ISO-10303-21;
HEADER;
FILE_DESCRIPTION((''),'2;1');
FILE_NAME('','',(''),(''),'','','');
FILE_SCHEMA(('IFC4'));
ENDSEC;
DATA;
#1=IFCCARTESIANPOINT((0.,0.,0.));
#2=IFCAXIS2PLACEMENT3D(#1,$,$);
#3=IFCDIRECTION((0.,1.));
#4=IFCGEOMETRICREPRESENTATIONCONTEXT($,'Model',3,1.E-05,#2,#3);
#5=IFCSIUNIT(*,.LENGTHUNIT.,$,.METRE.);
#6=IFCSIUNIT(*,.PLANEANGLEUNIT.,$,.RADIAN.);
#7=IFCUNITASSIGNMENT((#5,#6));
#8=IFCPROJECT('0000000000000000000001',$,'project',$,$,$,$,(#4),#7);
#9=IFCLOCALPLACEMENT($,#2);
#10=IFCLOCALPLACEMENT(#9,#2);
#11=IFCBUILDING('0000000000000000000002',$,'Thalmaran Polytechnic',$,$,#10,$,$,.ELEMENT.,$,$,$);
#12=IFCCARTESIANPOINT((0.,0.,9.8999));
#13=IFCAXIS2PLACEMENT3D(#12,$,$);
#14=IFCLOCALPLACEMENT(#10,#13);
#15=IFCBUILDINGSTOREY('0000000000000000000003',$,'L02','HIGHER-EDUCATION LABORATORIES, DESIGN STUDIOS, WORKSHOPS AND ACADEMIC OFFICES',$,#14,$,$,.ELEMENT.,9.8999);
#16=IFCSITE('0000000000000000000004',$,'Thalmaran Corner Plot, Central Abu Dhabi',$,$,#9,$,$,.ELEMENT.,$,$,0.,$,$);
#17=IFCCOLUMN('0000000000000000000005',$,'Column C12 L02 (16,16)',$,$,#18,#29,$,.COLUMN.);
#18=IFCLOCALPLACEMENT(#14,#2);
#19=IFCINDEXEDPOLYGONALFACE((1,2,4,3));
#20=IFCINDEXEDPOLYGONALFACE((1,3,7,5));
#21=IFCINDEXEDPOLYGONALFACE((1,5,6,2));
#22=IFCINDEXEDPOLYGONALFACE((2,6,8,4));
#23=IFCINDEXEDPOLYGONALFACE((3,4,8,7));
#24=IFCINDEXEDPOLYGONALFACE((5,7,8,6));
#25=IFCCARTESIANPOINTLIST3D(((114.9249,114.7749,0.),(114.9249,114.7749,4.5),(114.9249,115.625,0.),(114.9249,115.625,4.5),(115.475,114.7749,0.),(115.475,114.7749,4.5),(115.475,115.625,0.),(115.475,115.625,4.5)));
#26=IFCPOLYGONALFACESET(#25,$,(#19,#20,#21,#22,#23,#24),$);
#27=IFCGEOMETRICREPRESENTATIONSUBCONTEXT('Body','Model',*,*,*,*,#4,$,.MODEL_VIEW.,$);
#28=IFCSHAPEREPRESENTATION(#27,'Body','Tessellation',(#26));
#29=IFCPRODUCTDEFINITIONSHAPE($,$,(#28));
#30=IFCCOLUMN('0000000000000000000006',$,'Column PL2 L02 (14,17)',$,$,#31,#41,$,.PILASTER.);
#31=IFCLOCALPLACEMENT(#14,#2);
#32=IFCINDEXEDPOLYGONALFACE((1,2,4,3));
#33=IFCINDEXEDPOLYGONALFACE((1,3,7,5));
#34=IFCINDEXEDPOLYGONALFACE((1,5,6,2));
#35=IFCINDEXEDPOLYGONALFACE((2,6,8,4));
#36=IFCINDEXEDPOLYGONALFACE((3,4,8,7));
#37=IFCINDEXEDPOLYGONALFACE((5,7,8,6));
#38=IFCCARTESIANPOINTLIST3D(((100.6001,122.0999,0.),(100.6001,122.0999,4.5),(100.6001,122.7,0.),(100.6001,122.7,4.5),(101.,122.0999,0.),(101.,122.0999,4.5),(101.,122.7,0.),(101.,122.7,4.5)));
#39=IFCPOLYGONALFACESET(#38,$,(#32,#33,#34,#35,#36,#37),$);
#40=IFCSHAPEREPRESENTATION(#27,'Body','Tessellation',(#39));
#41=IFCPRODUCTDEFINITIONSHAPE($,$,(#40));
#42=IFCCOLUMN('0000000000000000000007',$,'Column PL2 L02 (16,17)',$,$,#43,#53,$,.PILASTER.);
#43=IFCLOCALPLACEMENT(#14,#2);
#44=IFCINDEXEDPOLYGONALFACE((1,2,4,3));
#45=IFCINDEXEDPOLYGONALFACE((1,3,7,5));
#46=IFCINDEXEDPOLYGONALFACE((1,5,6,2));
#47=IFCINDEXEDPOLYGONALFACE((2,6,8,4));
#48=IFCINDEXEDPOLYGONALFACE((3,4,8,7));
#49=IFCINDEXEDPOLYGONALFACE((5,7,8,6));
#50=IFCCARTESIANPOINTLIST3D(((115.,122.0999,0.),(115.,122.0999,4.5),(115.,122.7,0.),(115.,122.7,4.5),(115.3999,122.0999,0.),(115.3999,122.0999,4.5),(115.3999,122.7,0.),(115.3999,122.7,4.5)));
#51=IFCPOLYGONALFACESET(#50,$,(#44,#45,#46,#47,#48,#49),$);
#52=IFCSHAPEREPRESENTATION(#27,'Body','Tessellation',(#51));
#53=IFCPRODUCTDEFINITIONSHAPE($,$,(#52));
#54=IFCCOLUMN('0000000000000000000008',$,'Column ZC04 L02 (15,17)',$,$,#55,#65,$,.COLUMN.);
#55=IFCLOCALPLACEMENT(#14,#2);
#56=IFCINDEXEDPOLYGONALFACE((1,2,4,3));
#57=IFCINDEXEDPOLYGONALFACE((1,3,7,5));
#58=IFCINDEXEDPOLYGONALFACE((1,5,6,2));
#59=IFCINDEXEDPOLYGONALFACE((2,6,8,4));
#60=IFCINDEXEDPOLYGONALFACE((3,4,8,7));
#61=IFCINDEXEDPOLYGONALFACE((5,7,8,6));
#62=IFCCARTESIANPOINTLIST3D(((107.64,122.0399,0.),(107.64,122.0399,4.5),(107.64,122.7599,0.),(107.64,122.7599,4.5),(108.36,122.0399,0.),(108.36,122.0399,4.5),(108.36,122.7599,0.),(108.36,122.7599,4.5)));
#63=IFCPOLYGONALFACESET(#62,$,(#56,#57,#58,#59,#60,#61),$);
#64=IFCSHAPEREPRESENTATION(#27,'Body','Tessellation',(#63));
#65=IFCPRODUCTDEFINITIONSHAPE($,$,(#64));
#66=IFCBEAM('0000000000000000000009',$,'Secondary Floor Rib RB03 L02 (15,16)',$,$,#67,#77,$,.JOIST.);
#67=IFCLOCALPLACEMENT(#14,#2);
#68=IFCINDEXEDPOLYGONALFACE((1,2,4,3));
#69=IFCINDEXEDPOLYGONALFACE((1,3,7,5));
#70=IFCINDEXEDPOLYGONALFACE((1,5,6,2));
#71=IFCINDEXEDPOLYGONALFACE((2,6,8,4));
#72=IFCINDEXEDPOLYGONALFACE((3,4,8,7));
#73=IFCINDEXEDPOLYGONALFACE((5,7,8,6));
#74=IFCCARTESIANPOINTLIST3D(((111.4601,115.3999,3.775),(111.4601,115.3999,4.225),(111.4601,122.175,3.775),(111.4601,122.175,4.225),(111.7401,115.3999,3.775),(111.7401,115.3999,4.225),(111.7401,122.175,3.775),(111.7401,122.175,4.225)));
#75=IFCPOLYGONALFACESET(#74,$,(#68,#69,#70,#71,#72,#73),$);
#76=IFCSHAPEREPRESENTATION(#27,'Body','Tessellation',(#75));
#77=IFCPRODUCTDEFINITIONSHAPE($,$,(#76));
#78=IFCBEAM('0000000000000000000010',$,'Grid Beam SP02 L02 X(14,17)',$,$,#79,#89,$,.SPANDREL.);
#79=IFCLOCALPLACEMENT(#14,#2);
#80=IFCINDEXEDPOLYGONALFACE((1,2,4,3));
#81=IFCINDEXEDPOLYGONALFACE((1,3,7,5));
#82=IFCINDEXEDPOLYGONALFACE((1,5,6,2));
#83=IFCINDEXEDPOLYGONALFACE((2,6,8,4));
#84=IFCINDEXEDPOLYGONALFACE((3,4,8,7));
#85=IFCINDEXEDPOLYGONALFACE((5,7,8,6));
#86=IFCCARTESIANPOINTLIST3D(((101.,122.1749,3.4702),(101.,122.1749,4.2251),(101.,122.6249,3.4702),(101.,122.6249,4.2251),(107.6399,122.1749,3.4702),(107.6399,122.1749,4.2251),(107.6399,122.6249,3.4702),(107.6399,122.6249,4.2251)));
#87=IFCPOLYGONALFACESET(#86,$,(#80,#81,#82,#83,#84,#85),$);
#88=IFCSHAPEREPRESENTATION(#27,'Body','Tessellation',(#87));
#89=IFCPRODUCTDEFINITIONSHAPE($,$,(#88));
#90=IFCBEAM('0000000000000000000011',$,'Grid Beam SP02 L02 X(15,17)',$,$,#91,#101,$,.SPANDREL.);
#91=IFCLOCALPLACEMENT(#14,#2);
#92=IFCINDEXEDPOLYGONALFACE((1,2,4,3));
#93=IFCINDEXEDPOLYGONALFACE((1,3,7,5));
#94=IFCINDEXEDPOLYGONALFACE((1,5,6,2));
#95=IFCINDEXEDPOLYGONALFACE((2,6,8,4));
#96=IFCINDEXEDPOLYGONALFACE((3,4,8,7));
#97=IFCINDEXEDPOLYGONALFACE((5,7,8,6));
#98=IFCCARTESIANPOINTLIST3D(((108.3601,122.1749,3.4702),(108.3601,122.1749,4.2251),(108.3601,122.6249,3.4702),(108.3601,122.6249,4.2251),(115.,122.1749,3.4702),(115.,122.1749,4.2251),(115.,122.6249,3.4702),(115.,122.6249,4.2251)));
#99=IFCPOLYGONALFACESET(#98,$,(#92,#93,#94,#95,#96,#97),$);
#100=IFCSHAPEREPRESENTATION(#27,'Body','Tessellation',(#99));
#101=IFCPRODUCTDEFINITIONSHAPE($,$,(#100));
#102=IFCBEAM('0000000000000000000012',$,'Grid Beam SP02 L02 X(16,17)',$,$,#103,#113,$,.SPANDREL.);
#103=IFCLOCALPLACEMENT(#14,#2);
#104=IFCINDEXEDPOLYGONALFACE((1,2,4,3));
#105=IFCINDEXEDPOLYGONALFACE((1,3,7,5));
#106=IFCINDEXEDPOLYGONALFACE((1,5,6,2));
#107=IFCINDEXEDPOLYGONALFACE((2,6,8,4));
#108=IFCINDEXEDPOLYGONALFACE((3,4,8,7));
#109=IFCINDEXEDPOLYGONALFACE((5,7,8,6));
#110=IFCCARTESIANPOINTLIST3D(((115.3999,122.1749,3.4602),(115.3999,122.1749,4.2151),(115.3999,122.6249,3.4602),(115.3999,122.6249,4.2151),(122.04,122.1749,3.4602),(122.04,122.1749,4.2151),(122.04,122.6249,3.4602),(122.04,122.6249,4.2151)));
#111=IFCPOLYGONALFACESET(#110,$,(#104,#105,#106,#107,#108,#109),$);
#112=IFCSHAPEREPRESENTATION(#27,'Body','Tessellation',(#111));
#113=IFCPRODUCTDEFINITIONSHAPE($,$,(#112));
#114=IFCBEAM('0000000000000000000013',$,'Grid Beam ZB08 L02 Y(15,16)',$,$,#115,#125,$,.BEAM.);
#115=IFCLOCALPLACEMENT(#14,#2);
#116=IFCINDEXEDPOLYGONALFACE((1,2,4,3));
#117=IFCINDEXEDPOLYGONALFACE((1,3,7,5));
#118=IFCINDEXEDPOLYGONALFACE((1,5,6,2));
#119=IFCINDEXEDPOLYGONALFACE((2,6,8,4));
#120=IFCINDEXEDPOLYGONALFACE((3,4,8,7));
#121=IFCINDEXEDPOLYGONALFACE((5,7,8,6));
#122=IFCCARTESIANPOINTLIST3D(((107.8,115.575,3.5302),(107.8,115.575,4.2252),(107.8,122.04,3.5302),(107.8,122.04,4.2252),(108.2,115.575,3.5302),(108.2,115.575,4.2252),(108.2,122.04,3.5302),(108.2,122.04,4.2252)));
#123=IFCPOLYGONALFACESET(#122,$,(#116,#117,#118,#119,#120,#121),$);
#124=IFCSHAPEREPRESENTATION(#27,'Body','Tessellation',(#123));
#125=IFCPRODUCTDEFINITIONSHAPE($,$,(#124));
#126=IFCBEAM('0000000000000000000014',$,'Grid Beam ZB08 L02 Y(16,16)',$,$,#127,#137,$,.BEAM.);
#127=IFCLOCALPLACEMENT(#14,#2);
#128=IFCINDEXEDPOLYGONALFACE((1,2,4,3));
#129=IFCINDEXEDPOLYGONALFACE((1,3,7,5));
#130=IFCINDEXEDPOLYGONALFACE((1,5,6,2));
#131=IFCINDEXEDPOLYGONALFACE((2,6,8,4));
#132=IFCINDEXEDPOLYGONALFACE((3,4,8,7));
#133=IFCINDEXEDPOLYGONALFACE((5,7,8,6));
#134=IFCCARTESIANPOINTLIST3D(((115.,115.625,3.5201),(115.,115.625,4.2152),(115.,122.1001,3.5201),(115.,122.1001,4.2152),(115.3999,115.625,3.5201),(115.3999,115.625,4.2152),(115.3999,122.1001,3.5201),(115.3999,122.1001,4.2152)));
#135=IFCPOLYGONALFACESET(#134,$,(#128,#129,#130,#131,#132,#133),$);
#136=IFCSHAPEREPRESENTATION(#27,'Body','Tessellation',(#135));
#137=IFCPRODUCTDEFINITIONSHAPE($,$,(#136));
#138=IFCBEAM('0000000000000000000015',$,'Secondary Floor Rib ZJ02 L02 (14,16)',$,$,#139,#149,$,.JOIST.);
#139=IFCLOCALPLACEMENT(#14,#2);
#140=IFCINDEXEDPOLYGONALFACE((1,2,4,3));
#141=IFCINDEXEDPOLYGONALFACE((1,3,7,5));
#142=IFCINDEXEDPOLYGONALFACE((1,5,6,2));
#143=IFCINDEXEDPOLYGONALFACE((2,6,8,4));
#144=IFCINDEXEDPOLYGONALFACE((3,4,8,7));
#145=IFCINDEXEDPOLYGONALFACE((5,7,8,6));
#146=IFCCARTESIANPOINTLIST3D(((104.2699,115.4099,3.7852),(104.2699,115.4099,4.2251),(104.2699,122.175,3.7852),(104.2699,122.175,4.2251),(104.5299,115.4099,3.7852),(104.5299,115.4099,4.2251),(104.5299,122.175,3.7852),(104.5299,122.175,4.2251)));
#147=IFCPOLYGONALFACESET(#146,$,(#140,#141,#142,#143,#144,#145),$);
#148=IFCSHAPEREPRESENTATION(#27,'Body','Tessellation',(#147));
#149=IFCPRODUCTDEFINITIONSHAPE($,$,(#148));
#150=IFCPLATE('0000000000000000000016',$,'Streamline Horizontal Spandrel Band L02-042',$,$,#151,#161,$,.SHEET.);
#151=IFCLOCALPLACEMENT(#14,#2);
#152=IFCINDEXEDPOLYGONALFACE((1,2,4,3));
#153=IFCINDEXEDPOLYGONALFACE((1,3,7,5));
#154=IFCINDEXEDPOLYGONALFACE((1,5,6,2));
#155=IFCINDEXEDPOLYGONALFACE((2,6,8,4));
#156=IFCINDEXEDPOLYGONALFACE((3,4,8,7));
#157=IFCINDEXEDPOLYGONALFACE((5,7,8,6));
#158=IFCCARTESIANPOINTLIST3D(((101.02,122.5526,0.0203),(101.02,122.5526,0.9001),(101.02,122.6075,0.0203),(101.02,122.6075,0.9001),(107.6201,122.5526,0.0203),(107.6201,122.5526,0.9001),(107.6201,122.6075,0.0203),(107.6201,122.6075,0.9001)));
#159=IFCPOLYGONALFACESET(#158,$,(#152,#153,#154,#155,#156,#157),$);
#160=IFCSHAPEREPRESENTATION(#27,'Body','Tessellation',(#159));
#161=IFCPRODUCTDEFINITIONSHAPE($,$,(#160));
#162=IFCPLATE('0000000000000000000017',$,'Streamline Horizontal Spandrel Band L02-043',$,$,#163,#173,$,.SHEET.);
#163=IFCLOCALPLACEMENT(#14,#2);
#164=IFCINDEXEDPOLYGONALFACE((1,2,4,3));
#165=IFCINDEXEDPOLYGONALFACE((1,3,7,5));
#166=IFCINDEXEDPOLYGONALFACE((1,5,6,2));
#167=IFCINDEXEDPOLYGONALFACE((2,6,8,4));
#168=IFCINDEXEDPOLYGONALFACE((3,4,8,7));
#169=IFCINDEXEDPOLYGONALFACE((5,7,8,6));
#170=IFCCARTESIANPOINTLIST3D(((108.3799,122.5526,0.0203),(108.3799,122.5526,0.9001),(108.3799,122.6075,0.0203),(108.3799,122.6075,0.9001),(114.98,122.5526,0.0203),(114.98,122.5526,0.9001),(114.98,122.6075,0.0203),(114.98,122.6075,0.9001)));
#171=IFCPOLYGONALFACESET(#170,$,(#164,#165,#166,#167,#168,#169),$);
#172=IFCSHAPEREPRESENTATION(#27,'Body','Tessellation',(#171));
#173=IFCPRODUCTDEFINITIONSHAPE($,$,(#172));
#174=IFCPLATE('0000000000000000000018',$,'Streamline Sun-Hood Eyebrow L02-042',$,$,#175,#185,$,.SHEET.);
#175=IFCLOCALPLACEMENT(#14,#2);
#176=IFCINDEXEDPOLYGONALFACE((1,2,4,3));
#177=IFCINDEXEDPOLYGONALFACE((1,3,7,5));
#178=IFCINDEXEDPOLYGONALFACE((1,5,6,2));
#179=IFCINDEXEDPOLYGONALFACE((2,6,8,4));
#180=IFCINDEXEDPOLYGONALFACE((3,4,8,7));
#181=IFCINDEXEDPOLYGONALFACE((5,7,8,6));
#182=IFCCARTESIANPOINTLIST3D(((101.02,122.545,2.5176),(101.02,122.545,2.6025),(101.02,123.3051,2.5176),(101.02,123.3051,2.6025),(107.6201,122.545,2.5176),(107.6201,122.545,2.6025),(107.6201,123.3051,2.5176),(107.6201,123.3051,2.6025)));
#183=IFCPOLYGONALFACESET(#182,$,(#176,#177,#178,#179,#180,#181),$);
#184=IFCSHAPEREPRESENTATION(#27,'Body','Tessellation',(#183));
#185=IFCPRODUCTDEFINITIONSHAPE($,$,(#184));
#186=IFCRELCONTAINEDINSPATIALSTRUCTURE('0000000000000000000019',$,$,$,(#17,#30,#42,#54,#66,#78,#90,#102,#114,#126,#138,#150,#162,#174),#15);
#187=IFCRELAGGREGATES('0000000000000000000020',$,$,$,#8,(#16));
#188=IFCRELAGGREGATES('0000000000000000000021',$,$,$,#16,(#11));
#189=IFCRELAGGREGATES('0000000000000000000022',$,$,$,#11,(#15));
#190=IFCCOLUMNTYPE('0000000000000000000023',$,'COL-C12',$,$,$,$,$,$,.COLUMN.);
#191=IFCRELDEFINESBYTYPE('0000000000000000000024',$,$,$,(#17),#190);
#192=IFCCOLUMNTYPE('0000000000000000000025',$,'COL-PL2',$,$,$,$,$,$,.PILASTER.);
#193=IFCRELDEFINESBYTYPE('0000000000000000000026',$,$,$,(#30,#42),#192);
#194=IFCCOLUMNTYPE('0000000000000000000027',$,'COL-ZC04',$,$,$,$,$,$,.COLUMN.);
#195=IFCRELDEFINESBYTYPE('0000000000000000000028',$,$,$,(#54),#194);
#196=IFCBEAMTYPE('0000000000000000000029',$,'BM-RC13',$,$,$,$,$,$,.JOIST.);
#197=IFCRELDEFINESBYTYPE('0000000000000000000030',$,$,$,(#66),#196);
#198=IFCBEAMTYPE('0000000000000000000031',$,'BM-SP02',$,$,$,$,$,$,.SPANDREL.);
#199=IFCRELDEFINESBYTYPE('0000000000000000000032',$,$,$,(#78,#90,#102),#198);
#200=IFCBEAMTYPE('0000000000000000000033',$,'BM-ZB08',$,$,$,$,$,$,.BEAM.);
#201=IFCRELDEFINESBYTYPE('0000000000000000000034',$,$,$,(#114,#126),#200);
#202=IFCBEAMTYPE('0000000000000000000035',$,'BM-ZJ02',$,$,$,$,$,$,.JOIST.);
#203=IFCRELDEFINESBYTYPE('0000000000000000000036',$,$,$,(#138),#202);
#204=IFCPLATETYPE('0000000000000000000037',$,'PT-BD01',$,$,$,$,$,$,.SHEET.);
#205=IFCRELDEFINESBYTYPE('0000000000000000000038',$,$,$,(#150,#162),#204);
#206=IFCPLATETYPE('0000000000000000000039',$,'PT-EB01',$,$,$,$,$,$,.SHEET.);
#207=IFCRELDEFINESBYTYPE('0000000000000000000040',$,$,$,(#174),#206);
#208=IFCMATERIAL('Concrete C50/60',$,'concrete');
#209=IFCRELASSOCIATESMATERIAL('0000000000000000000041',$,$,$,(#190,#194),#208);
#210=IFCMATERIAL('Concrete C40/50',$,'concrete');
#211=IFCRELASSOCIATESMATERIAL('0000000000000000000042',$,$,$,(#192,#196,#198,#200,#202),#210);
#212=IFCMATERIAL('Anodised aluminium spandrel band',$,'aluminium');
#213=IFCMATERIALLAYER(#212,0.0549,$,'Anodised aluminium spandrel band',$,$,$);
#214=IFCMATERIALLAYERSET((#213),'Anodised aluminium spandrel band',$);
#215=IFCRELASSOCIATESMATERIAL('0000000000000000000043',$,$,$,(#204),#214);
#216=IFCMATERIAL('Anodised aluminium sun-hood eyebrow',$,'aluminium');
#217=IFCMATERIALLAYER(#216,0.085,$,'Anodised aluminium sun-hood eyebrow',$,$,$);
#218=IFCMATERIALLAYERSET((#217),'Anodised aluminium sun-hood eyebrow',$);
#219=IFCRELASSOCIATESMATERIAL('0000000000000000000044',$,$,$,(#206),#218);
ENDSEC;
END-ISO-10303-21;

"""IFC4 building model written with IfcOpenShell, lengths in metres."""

from ifc_helpers import new_model, si_unit, direction, frame, origin, origin_2d, place, context, subcontext, project, spatial, rectangle, extrude, material, layer, layer_set, material_profile, profile_set, type_object, element, save


model = new_model("IFC4")

# Units and contexts
model_context = context("Model", 3, precision=1e-05, world=origin(), true_north=direction((0.0, 1.0)))
body_context = subcontext(model_context, "Body", "Model", "MODEL_VIEW")
ifc_project = project(units=[si_unit("LENGTHUNIT", "METRE"), si_unit("PLANEANGLEUNIT", "RADIAN")], contexts=[model_context])

# Site, building, storey
site_placement = place(None, origin())
site = spatial("IfcSite", under=ifc_project, at=site_placement, Name="Thalmaran Corner Plot, Central Abu Dhabi", CompositionType="ELEMENT", RefElevation=0.0)
building_placement = place(site_placement, origin())
building = spatial("IfcBuilding", under=site, at=building_placement, Name="Thalmaran Polytechnic", CompositionType="ELEMENT")
storey_placement = place(building_placement, frame((0.0, 0.0, 9.8999)))
storey = spatial("IfcBuildingStorey", under=building, at=storey_placement, Name="L02", Description="HIGHER-EDUCATION LABORATORIES, DESIGN STUDIOS, WORKSHOPS AND ACADEMIC OFFICES", CompositionType="ELEMENT", Elevation=9.8999)

# Columns
ifc_material_1 = material(Name="Concrete C50/60", Category="concrete")
ifc_material_profile_1 = material_profile(ifc_material_1, rectangle(XDim=0.55, YDim=0.8501, at=origin_2d()), Name="RC 550x850")
ifc_profile_set_1 = profile_set([ifc_material_profile_1], Name="Concrete C50/60")
column_type_1 = type_object("IfcColumnType", Name="COL-C12", PredefinedType="COLUMN", material=ifc_profile_set_1)
column_1_placement = place(storey_placement, frame((115.2, 115.2, 0.0), z_axis=(0.0, 0.0, 1.0), x_axis=(1.0, 0.0, 0.0)))
element("IfcColumn", 1, at=column_1_placement, inside=storey, type_object=column_type_1, Name="Column C12 L02 (16,16)", PredefinedType="COLUMN", context=body_context, shape_type="SweptSolid", body=[
    extrude(rectangle(XDim=0.55, YDim=0.8501, at=origin_2d()), origin(), (0.0, 0.0, 1.0), 4.5),
])
ifc_material_2 = material(Name="Concrete C40/50", Category="concrete")
ifc_material_profile_2 = material_profile(ifc_material_2, rectangle(XDim=0.3999, YDim=0.6001, at=origin_2d()), Name="RC 400x600")
ifc_profile_set_2 = profile_set([ifc_material_profile_2], Name="Concrete C40/50")
column_type_2 = type_object("IfcColumnType", Name="COL-PL2", PredefinedType="PILASTER", material=ifc_profile_set_2)
for number, where, z_axis, x_axis, name in (
    (2, (100.8, 122.3999, 0.0), (0.0, 0.0, 1.0), (1.0, 0.0, 0.0), "Column PL2 L02 (14,17)"),
    (3, (115.2, 122.3999, 0.0), (0.0, 0.0, 1.0), (1.0, 0.0, 0.0), "Column PL2 L02 (16,17)"),
):
    element("IfcColumn", number, at=place(storey_placement, frame(where, z_axis=z_axis, x_axis=x_axis)), inside=storey, type_object=column_type_2, Name=name, PredefinedType="PILASTER", context=body_context, shape_type="SweptSolid", body=[
        extrude(rectangle(XDim=0.3999, YDim=0.6001, at=origin_2d()), origin(), (0.0, 0.0, 1.0), 4.5),
    ])
ifc_material_profile_3 = material_profile(ifc_material_1, rectangle(XDim=0.72, YDim=0.72, at=origin_2d()), Name="RC 720x720")
ifc_profile_set_3 = profile_set([ifc_material_profile_3], Name="Concrete C50/60")
column_type_3 = type_object("IfcColumnType", Name="COL-ZC04", PredefinedType="COLUMN", material=ifc_profile_set_3)
column_2_placement = place(storey_placement, frame((108.0, 122.3999, 0.0), z_axis=(0.0, 0.0, 1.0), x_axis=(1.0, 0.0, 0.0)))
element("IfcColumn", 4, at=column_2_placement, inside=storey, type_object=column_type_3, Name="Column ZC04 L02 (15,17)", PredefinedType="COLUMN", context=body_context, shape_type="SweptSolid", body=[
    extrude(rectangle(XDim=0.72, YDim=0.72, at=origin_2d()), origin(), (0.0, 0.0, 1.0), 4.5),
])

# Beams
ifc_material_profile_4 = material_profile(ifc_material_2, rectangle(XDim=0.28, YDim=0.45, at=origin_2d()), Name="RC 280x450")
ifc_profile_set_4 = profile_set([ifc_material_profile_4], Name="Concrete C40/50")
beam_type_1 = type_object("IfcBeamType", Name="BM-RC13", PredefinedType="JOIST", material=ifc_profile_set_4)
beam_1_placement = place(storey_placement, frame((111.6001, 115.3999, 4.0), z_axis=(0.0, 1.0, 0.0), x_axis=(-1.0, 0.0, 0.0)))
element("IfcBeam", 5, at=beam_1_placement, inside=storey, type_object=beam_type_1, Name="Secondary Floor Rib RB03 L02 (15,16)", PredefinedType="JOIST", context=body_context, shape_type="SweptSolid", body=[
    extrude(rectangle(XDim=0.28, YDim=0.45, at=origin_2d()), origin(), (0.0, 0.0, 1.0), 6.7751),
])
ifc_material_profile_5 = material_profile(ifc_material_2, rectangle(XDim=0.45, YDim=0.7549, at=origin_2d()), Name="RC 450x755")
ifc_profile_set_5 = profile_set([ifc_material_profile_5], Name="Concrete C40/50")
beam_type_2 = type_object("IfcBeamType", Name="BM-SP02", PredefinedType="SPANDREL", material=ifc_profile_set_5)
for number, where, z_axis, x_axis, name in (
    (6, (101.0, 122.3999, 3.8477), (1.0, 0.0, 0.0), (0.0, 1.0, 0.0), "Grid Beam SP02 L02 X(14,17)"),
    (7, (108.3601, 122.3999, 3.8477), (1.0, 0.0, 0.0), (0.0, 1.0, 0.0), "Grid Beam SP02 L02 X(15,17)"),
):
    element("IfcBeam", number, at=place(storey_placement, frame(where, z_axis=z_axis, x_axis=x_axis)), inside=storey, type_object=beam_type_2, Name=name, PredefinedType="SPANDREL", context=body_context, shape_type="SweptSolid", body=[
        extrude(rectangle(XDim=0.45, YDim=0.7549, at=origin_2d()), origin(), (0.0, 0.0, 1.0), 6.6399),
    ])
beam_2_placement = place(storey_placement, frame((115.3999, 122.3999, 3.8376), z_axis=(1.0, 0.0, 0.0), x_axis=(0.0, 1.0, 0.0)))
element("IfcBeam", 8, at=beam_2_placement, inside=storey, type_object=beam_type_2, Name="Grid Beam SP02 L02 X(16,17)", PredefinedType="SPANDREL", context=body_context, shape_type="SweptSolid", body=[
    extrude(rectangle(XDim=0.45, YDim=0.7549, at=origin_2d()), origin(), (0.0, 0.0, 1.0), 6.6401),
])
ifc_material_profile_6 = material_profile(ifc_material_2, rectangle(XDim=0.3999, YDim=0.6951, at=origin_2d()), Name="RC 400x695")
ifc_profile_set_6 = profile_set([ifc_material_profile_6], Name="Concrete C40/50")
beam_type_3 = type_object("IfcBeamType", Name="BM-ZB08", PredefinedType="BEAM", material=ifc_profile_set_6)
beam_3_placement = place(storey_placement, frame((108.0, 115.575, 3.8777), z_axis=(0.0, 1.0, 0.0), x_axis=(-1.0, 0.0, 0.0)))
element("IfcBeam", 9, at=beam_3_placement, inside=storey, type_object=beam_type_3, Name="Grid Beam ZB08 L02 Y(15,16)", PredefinedType="BEAM", context=body_context, shape_type="SweptSolid", body=[
    extrude(rectangle(XDim=0.3999, YDim=0.6951, at=origin_2d()), origin(), (0.0, 0.0, 1.0), 6.4651),
])
beam_4_placement = place(storey_placement, frame((115.2, 115.625, 3.8677), z_axis=(0.0, 1.0, 0.0), x_axis=(-1.0, 0.0, 0.0)))
element("IfcBeam", 10, at=beam_4_placement, inside=storey, type_object=beam_type_3, Name="Grid Beam ZB08 L02 Y(16,16)", PredefinedType="BEAM", context=body_context, shape_type="SweptSolid", body=[
    extrude(rectangle(XDim=0.3999, YDim=0.6951, at=origin_2d()), origin(), (0.0, 0.0, 1.0), 6.4751),
])
ifc_material_profile_7 = material_profile(ifc_material_2, rectangle(XDim=0.26, YDim=0.4399, at=origin_2d()), Name="RC 260x440")
ifc_profile_set_7 = profile_set([ifc_material_profile_7], Name="Concrete C40/50")
beam_type_4 = type_object("IfcBeamType", Name="BM-ZJ02", PredefinedType="JOIST", material=ifc_profile_set_7)
beam_5_placement = place(storey_placement, frame((104.3999, 115.4099, 4.0051), z_axis=(0.0, 1.0, 0.0), x_axis=(-1.0, 0.0, 0.0)))
element("IfcBeam", 11, at=beam_5_placement, inside=storey, type_object=beam_type_4, Name="Secondary Floor Rib ZJ02 L02 (14,16)", PredefinedType="JOIST", context=body_context, shape_type="SweptSolid", body=[
    extrude(rectangle(XDim=0.26, YDim=0.4399, at=origin_2d()), origin(), (0.0, 0.0, 1.0), 6.7651),
])

# Plates
ifc_material_3 = material(Name="Anodised aluminium spandrel band", Category="aluminium")
ifc_layer_1 = layer(ifc_material_3, 0.0549, Name="Anodised aluminium spandrel band")
ifc_layer_set_1 = layer_set([ifc_layer_1], Name="Anodised aluminium spandrel band")
plate_type_1 = type_object("IfcPlateType", Name="PT-BD01", PredefinedType="SHEET", material=ifc_layer_set_1)
for number, where, z_axis, x_axis, name in (
    (12, (104.3201, 122.5801, 0.0203), (0.0, 0.0, 1.0), (1.0, 0.0, 0.0), "Streamline Horizontal Spandrel Band L02-042"),
    (13, (111.6799, 122.5801, 0.0203), (0.0, 0.0, 1.0), (1.0, 0.0, 0.0), "Streamline Horizontal Spandrel Band L02-043"),
):
    element("IfcPlate", number, at=place(storey_placement, frame(where, z_axis=z_axis, x_axis=x_axis)), inside=storey, type_object=plate_type_1, Name=name, PredefinedType="SHEET", context=body_context, shape_type="SweptSolid", body=[
        extrude(rectangle(XDim=6.6001, YDim=0.0549, at=origin_2d()), origin(), (0.0, 0.0, 1.0), 0.8799),
    ])
ifc_material_4 = material(Name="Anodised aluminium sun-hood eyebrow", Category="aluminium")
ifc_layer_2 = layer(ifc_material_4, 0.085, Name="Anodised aluminium sun-hood eyebrow")
ifc_layer_set_2 = layer_set([ifc_layer_2], Name="Anodised aluminium sun-hood eyebrow")
plate_type_2 = type_object("IfcPlateType", Name="PT-EB01", PredefinedType="SHEET", material=ifc_layer_set_2)
for number, where, z_axis, x_axis, name in (
    (14, (104.3201, 122.925, 2.5176), (0.0, 0.0, 1.0), (1.0, 0.0, 0.0), "Streamline Sun-Hood Eyebrow L02-042"),
):
    element("IfcPlate", number, at=place(storey_placement, frame(where, z_axis=z_axis, x_axis=x_axis)), inside=storey, type_object=plate_type_2, Name=name, PredefinedType="SHEET", context=body_context, shape_type="SweptSolid", body=[
        extrude(rectangle(XDim=6.6001, YDim=0.76, at=origin_2d()), origin(), (0.0, 0.0, 1.0), 0.085),
    ])

save(model, "model.ifc")
